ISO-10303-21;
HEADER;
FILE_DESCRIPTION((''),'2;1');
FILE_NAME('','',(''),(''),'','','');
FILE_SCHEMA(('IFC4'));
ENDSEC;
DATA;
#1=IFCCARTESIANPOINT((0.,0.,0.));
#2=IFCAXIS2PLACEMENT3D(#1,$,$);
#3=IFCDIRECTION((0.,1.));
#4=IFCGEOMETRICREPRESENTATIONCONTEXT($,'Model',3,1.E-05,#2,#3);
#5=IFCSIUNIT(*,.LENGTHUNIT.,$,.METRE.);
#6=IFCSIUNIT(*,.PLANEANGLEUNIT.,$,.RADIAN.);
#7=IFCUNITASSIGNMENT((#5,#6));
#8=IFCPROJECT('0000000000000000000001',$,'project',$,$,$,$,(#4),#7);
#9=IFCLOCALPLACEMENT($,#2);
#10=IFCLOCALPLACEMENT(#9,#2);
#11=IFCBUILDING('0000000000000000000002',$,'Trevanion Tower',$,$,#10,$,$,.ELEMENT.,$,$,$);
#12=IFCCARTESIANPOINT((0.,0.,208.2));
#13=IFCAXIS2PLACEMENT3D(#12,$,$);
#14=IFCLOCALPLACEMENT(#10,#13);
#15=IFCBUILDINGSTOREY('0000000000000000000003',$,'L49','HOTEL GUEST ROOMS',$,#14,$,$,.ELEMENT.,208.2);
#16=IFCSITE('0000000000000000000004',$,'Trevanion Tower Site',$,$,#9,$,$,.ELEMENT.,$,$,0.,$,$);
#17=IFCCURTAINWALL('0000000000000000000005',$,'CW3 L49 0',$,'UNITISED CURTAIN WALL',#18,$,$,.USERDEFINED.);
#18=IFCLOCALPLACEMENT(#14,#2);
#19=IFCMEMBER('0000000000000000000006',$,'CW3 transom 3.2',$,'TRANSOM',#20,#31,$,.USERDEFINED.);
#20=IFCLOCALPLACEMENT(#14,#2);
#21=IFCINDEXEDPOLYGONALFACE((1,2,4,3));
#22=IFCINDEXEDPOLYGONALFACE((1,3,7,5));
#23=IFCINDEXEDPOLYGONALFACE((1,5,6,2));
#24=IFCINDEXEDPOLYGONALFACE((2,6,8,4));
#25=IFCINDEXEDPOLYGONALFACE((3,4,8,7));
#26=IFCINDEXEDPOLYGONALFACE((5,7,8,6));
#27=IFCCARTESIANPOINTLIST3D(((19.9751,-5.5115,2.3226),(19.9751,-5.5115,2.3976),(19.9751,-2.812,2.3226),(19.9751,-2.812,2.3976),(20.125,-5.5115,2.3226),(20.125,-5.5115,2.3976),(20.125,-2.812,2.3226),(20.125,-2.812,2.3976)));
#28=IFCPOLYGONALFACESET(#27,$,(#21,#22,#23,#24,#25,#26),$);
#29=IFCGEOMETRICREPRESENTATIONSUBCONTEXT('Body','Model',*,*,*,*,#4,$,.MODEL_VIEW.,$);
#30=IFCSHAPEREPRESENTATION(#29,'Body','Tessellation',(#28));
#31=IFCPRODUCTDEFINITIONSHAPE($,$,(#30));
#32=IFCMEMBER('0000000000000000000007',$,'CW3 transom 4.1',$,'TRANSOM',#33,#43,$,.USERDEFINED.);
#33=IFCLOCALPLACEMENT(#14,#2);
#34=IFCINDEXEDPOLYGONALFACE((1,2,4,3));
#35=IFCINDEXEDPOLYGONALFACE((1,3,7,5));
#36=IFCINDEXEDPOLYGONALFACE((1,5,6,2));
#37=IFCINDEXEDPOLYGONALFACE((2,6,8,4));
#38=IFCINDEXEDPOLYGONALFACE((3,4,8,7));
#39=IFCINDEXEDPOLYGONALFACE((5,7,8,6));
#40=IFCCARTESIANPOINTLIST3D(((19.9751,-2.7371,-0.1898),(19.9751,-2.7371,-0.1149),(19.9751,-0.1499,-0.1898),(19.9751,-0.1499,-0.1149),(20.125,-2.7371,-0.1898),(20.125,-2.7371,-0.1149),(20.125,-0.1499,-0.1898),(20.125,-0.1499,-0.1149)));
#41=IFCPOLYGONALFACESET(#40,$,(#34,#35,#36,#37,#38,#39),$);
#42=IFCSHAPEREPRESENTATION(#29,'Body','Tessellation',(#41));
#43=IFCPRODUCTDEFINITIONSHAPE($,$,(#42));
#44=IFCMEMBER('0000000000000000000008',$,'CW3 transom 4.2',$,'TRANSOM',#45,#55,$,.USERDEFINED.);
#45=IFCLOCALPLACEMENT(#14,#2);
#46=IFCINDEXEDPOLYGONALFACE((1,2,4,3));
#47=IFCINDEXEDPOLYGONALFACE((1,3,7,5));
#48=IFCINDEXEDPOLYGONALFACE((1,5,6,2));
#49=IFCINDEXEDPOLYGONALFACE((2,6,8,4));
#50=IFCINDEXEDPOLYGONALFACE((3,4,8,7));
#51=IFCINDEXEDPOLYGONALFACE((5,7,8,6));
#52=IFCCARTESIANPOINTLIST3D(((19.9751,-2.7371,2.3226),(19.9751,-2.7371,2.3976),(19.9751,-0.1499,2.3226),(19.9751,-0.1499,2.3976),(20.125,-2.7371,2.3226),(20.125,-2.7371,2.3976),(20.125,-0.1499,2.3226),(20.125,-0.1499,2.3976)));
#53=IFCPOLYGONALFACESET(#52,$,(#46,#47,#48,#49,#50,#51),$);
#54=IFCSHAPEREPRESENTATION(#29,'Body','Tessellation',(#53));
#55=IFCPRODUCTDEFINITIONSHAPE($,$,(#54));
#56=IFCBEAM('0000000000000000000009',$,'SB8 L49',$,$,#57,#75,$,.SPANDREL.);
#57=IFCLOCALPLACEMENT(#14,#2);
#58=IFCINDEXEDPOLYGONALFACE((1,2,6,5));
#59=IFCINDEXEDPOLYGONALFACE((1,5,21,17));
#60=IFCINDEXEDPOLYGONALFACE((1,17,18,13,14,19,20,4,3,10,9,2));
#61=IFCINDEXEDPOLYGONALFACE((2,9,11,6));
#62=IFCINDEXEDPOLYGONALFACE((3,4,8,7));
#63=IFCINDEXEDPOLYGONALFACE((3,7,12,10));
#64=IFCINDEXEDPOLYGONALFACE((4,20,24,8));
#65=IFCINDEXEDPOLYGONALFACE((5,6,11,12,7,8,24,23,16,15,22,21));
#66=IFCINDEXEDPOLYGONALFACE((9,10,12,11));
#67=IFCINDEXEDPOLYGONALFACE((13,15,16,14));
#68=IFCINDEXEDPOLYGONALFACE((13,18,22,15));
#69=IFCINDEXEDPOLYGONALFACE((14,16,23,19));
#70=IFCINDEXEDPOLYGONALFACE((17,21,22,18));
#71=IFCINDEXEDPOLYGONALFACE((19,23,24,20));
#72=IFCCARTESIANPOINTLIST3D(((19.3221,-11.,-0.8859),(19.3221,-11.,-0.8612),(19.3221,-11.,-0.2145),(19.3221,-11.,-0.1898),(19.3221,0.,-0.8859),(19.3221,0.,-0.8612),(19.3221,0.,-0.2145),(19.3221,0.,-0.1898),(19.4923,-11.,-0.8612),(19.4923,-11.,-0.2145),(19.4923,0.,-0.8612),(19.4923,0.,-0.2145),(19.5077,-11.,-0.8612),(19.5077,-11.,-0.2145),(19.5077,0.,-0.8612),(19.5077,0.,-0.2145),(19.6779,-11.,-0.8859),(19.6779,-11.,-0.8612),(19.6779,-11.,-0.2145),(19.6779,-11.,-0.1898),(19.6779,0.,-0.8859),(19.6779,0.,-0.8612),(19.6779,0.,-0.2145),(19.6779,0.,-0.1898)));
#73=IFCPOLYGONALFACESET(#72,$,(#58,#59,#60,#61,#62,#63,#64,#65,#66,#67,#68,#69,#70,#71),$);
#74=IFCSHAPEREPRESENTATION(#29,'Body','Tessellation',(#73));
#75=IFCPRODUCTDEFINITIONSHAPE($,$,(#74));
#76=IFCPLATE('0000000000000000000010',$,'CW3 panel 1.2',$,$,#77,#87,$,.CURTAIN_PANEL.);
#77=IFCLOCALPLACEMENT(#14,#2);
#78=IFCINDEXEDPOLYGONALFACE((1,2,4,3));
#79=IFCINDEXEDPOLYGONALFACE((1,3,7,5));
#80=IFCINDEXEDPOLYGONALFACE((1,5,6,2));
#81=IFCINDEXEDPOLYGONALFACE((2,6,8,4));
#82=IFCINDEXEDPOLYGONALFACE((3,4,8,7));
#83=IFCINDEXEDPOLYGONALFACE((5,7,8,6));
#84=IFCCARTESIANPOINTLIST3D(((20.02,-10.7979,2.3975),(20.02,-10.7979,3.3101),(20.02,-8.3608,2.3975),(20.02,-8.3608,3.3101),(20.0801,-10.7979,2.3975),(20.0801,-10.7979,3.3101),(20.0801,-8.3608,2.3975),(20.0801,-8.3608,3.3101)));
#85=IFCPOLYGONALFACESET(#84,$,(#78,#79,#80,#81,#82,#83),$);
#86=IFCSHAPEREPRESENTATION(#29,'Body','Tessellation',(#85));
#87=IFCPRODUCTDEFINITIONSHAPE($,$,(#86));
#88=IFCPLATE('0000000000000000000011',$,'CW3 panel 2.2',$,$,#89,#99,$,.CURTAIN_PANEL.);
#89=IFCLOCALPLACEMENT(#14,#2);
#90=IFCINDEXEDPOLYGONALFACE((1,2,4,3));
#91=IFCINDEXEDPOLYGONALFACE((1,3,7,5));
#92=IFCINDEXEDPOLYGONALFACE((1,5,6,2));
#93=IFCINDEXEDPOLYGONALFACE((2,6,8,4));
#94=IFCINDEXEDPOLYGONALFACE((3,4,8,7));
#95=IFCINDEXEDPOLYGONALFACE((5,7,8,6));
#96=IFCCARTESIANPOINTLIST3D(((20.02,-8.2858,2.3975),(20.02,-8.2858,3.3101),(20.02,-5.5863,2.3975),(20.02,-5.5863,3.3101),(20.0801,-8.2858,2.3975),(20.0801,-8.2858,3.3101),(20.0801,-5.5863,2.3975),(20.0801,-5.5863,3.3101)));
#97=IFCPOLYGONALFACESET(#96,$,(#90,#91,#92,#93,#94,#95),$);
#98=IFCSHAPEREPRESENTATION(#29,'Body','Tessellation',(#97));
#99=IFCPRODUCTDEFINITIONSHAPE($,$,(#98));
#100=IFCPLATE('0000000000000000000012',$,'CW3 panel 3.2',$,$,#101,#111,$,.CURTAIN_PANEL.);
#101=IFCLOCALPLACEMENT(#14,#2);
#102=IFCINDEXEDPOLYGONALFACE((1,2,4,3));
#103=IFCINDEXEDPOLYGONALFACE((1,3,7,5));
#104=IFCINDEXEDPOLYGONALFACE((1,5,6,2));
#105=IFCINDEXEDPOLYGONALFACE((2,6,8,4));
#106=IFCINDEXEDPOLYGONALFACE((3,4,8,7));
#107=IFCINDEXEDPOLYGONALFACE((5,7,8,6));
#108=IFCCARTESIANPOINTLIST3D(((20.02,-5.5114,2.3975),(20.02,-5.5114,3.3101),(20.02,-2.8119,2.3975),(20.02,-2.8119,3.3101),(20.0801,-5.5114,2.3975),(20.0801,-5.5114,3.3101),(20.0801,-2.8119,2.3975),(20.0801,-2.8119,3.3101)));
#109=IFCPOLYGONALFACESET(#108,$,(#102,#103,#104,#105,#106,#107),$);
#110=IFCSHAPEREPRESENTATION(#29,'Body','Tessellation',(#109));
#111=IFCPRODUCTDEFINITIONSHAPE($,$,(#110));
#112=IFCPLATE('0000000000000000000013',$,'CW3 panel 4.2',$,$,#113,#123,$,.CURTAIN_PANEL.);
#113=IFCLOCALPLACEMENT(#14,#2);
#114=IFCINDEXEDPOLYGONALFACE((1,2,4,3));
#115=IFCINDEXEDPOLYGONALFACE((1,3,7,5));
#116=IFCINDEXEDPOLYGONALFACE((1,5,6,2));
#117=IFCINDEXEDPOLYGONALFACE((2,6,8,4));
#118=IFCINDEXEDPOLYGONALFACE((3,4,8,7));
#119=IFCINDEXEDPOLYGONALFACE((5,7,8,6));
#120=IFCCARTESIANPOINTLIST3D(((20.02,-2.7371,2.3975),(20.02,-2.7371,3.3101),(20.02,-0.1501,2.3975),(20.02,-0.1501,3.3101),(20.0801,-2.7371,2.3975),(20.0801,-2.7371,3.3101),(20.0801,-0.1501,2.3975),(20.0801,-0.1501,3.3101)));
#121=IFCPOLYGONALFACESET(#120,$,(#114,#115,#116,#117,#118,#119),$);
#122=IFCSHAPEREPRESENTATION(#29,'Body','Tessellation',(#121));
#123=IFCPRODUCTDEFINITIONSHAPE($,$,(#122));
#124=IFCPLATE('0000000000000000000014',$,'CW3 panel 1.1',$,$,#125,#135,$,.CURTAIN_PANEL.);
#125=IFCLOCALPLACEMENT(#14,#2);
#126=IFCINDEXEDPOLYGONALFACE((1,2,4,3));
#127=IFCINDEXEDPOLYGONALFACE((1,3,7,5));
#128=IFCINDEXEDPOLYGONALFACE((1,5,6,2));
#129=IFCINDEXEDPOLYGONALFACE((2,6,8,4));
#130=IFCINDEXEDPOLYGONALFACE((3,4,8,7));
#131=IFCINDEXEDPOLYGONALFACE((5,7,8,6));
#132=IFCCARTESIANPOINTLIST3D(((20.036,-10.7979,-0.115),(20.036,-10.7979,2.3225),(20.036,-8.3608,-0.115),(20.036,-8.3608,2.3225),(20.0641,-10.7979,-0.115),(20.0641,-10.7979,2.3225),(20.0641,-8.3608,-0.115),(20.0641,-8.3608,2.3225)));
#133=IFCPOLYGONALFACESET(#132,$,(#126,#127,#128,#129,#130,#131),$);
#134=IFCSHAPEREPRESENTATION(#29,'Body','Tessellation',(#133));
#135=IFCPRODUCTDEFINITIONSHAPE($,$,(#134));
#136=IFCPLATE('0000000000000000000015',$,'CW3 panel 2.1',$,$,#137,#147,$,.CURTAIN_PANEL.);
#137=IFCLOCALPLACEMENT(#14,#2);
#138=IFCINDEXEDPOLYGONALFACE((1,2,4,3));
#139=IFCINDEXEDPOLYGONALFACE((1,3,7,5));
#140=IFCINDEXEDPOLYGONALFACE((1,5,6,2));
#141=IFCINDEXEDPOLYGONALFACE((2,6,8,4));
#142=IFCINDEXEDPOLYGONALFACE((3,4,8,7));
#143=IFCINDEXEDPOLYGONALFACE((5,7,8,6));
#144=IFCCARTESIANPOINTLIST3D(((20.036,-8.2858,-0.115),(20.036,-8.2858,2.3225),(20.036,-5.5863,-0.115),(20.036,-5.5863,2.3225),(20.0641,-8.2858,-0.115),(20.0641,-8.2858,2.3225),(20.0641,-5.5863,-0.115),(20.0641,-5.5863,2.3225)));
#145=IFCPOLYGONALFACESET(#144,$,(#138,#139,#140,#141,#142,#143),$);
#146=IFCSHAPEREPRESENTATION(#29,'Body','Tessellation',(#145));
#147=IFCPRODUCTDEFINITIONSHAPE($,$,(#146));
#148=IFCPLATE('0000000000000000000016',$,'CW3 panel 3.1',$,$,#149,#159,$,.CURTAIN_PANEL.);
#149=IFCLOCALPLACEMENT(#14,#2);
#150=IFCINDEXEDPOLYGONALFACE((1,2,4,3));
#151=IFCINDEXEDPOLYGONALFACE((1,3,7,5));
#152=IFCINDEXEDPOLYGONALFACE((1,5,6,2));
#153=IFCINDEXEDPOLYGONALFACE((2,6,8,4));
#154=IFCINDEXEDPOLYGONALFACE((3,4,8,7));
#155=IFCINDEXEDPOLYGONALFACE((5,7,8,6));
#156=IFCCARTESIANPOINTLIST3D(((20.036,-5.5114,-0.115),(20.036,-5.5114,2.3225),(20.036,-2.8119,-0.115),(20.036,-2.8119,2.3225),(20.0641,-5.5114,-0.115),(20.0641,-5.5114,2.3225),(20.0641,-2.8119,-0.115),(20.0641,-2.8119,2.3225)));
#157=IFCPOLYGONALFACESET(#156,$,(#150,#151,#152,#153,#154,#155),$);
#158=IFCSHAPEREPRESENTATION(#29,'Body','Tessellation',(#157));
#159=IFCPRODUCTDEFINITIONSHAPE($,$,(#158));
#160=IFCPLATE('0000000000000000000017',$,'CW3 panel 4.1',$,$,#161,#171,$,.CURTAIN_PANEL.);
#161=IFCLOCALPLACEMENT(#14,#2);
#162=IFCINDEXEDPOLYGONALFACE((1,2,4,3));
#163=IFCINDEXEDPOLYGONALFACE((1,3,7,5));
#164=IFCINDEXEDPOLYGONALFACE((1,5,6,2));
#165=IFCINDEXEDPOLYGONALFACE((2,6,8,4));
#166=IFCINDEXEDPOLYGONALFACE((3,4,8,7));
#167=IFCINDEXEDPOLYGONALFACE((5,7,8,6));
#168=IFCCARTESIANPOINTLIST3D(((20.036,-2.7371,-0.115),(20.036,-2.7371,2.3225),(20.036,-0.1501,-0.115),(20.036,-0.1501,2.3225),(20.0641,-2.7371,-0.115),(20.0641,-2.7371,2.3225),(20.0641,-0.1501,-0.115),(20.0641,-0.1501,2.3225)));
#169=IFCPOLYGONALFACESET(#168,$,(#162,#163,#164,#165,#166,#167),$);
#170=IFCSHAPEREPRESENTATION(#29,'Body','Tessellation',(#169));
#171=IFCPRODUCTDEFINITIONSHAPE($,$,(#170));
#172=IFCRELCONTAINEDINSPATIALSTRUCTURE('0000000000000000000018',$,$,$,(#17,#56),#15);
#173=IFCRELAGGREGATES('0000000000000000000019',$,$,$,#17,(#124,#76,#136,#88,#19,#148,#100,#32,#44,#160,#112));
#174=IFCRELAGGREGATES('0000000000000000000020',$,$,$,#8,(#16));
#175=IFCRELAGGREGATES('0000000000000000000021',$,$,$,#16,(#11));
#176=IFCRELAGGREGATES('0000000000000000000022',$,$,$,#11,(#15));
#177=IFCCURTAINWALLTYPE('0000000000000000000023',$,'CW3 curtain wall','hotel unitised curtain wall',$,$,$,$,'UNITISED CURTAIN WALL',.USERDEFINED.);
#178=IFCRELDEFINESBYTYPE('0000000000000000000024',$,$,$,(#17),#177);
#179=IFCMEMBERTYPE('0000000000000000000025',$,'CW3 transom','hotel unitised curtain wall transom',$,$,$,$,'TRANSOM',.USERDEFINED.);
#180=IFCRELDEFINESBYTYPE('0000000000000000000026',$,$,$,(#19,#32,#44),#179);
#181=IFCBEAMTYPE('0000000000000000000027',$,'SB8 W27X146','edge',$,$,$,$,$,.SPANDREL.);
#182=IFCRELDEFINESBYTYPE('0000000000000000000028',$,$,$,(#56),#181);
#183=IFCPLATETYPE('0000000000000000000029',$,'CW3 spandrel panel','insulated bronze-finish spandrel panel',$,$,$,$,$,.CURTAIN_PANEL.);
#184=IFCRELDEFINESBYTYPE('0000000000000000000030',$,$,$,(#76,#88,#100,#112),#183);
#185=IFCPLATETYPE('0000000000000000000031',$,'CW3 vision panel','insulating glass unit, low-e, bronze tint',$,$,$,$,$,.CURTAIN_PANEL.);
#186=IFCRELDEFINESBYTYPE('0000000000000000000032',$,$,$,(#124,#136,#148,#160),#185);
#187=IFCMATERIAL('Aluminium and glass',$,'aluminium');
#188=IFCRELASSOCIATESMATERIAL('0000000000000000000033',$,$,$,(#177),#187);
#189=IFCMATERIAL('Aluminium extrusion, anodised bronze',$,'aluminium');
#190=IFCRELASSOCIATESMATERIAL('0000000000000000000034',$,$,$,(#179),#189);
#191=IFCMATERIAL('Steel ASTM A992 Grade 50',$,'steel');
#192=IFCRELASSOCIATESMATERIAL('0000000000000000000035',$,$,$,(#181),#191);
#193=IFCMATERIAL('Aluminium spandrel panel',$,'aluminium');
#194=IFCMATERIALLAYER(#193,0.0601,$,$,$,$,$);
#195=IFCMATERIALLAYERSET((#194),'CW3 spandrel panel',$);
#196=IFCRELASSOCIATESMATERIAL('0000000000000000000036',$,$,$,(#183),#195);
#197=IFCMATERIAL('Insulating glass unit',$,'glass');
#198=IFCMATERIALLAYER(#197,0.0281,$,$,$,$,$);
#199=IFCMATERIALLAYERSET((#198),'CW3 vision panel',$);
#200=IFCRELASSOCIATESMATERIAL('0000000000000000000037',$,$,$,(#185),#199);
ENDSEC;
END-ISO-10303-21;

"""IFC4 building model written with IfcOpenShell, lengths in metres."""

from ifc_helpers import new_model, si_unit, direction, frame, origin, origin_2d, place, context, subcontext, project, spatial, rectangle, i_section, extrude, material, layer, layer_set, material_profile, profile_set, type_object, element, aggregate, save


model = new_model("IFC4")

# Units and contexts
model_context = context("Model", 3, precision=1e-05, world=origin(), true_north=direction((0.0, 1.0)))
body_context = subcontext(model_context, "Body", "Model", "MODEL_VIEW")
ifc_project = project(units=[si_unit("LENGTHUNIT", "METRE"), si_unit("PLANEANGLEUNIT", "RADIAN")], contexts=[model_context])

# Site, building, storey
site_placement = place(None, origin())
site = spatial("IfcSite", under=ifc_project, at=site_placement, Name="Trevanion Tower Site", CompositionType="ELEMENT", RefElevation=0.0)
building_placement = place(site_placement, origin())
building = spatial("IfcBuilding", under=site, at=building_placement, Name="Trevanion Tower", CompositionType="ELEMENT")
storey_placement = place(building_placement, frame((0.0, 0.0, 208.2)))
storey = spatial("IfcBuildingStorey", under=building, at=storey_placement, Name="L49", Description="HOTEL GUEST ROOMS", CompositionType="ELEMENT", Elevation=208.2)

# Curtain wall, members
ifc_material_1 = material(Name="Aluminium and glass", Category="aluminium")
curtain_wall_type = type_object("IfcCurtainWallType", Name="CW3 curtain wall", Description="hotel unitised curtain wall", ElementType="UNITISED CURTAIN WALL", PredefinedType="USERDEFINED", material=ifc_material_1)
curtain_wall_placement = place(storey_placement, origin())
curtain_wall = element("IfcCurtainWall", 1, at=curtain_wall_placement, inside=storey, type_object=curtain_wall_type, Name="CW3 L49 0", ObjectType="UNITISED CURTAIN WALL", PredefinedType="USERDEFINED")
ifc_material_2 = material(Name="Aluminium extrusion, anodised bronze", Category="aluminium")
ifc_material_profile_1 = material_profile(ifc_material_2, rectangle(XDim=0.1499, YDim=0.075, at=origin_2d()), Name="CW3 transom")
ifc_profile_set_1 = profile_set([ifc_material_profile_1], Name="Aluminium extrusion, anodised bronze")
member_type_1 = type_object("IfcMemberType", Name="CW3 transom", Description="hotel unitised curtain wall transom", ElementType="TRANSOM", PredefinedType="USERDEFINED", material=ifc_profile_set_1)
member_1_placement = place(storey_placement, frame((20.05, -5.5115, 2.3601), z_axis=(0.0, 1.0, 0.0), x_axis=(-1.0, 0.0, 0.0)))
member_1 = element("IfcMember", 2, at=member_1_placement, type_object=member_type_1, Name="CW3 transom 3.2", ObjectType="TRANSOM", PredefinedType="USERDEFINED", context=body_context, shape_type="SweptSolid", body=[
    extrude(rectangle(XDim=0.1499, YDim=0.075, at=origin_2d()), origin(), (0.0, 0.0, 1.0), 2.6995),
])
member_2_placement = place(storey_placement, frame((20.05, -2.7371, -0.1523), z_axis=(0.0, 1.0, 0.0), x_axis=(-1.0, 0.0, 0.0)))
member_2 = element("IfcMember", 3, at=member_2_placement, type_object=member_type_1, Name="CW3 transom 4.1", ObjectType="TRANSOM", PredefinedType="USERDEFINED", context=body_context, shape_type="SweptSolid", body=[
    extrude(rectangle(XDim=0.1499, YDim=0.075, at=origin_2d()), origin(), (0.0, 0.0, 1.0), 2.5872),
])
member_3_placement = place(storey_placement, frame((20.05, -2.7371, 2.3601), z_axis=(0.0, 1.0, 0.0), x_axis=(-1.0, 0.0, 0.0)))
member_3 = element("IfcMember", 4, at=member_3_placement, type_object=member_type_1, Name="CW3 transom 4.2", ObjectType="TRANSOM", PredefinedType="USERDEFINED", context=body_context, shape_type="SweptSolid", body=[
    extrude(rectangle(XDim=0.1499, YDim=0.075, at=origin_2d()), origin(), (0.0, 0.0, 1.0), 2.5872),
])

# Beam
ifc_material_3 = material(Name="Steel ASTM A992 Grade 50", Category="steel")
ifc_material_profile_2 = material_profile(ifc_material_3, i_section(OverallWidth=0.3557, OverallDepth=0.696, WebThickness=0.0154, FlangeThickness=0.0247, at=origin_2d()), Name="W27X146")
ifc_profile_set_2 = profile_set([ifc_material_profile_2], Name="Steel ASTM A992 Grade 50")
beam_type_1 = type_object("IfcBeamType", Name="SB8 W27X146", Description="edge", PredefinedType="SPANDREL", material=ifc_profile_set_2)
beam_placement = place(storey_placement, frame((19.5, -11.0, -0.5378), z_axis=(0.0, 1.0, 0.0), x_axis=(-1.0, 0.0, 0.0)))
element("IfcBeam", 5, at=beam_placement, inside=storey, type_object=beam_type_1, Name="SB8 L49", PredefinedType="SPANDREL", context=body_context, shape_type="SweptSolid", body=[
    extrude(i_section(OverallWidth=0.3557, OverallDepth=0.696, WebThickness=0.0154, FlangeThickness=0.0247, at=origin_2d()), origin(), (0.0, 0.0, 1.0), 11.0),
])

# Plates
ifc_material_4 = material(Name="Aluminium spandrel panel", Category="aluminium")
ifc_layer_1 = layer(ifc_material_4, 0.0601)
ifc_layer_set_1 = layer_set([ifc_layer_1], Name="CW3 spandrel panel")
plate_type_1 = type_object("IfcPlateType", Name="CW3 spandrel panel", Description="insulated bronze-finish spandrel panel", PredefinedType="CURTAIN_PANEL", material=ifc_layer_set_1)
plate_1_placement = place(storey_placement, frame((20.05, -9.5793, 2.3975), z_axis=(0.0, 0.0, 1.0), x_axis=(0.0, 1.0, 0.0)))
plate_1 = element("IfcPlate", 6, at=plate_1_placement, type_object=plate_type_1, Name="CW3 panel 1.2", PredefinedType="CURTAIN_PANEL", context=body_context, shape_type="SweptSolid", body=[
    extrude(rectangle(XDim=2.437, YDim=0.0601, at=origin_2d()), origin(), (0.0, 0.0, 1.0), 0.9126),
])
plate_2_placement = place(storey_placement, frame((20.05, -6.936, 2.3975), z_axis=(0.0, 0.0, 1.0), x_axis=(0.0, 1.0, 0.0)))
plate_2 = element("IfcPlate", 7, at=plate_2_placement, type_object=plate_type_1, Name="CW3 panel 2.2", PredefinedType="CURTAIN_PANEL", context=body_context, shape_type="SweptSolid", body=[
    extrude(rectangle(XDim=2.6995, YDim=0.0601, at=origin_2d()), origin(), (0.0, 0.0, 1.0), 0.9126),
])
plate_3_placement = place(storey_placement, frame((20.05, -4.1616, 2.3975), z_axis=(0.0, 0.0, 1.0), x_axis=(0.0, 1.0, 0.0)))
plate_3 = element("IfcPlate", 8, at=plate_3_placement, type_object=plate_type_1, Name="CW3 panel 3.2", PredefinedType="CURTAIN_PANEL", context=body_context, shape_type="SweptSolid", body=[
    extrude(rectangle(XDim=2.6995, YDim=0.0601, at=origin_2d()), origin(), (0.0, 0.0, 1.0), 0.9126),
])
plate_4_placement = place(storey_placement, frame((20.05, -1.4436, 2.3975), z_axis=(0.0, 0.0, 1.0), x_axis=(0.0, 1.0, 0.0)))
plate_4 = element("IfcPlate", 9, at=plate_4_placement, type_object=plate_type_1, Name="CW3 panel 4.2", PredefinedType="CURTAIN_PANEL", context=body_context, shape_type="SweptSolid", body=[
    extrude(rectangle(XDim=2.5869, YDim=0.0601, at=origin_2d()), origin(), (0.0, 0.0, 1.0), 0.9126),
])
ifc_material_5 = material(Name="Insulating glass unit", Category="glass")
ifc_layer_2 = layer(ifc_material_5, 0.0281)
ifc_layer_set_2 = layer_set([ifc_layer_2], Name="CW3 vision panel")
plate_type_2 = type_object("IfcPlateType", Name="CW3 vision panel", Description="insulating glass unit, low-e, bronze tint", PredefinedType="CURTAIN_PANEL", material=ifc_layer_set_2)
plate_5_placement = place(storey_placement, frame((20.05, -9.5793, -0.115), z_axis=(0.0, 0.0, 1.0), x_axis=(0.0, 1.0, 0.0)))
plate_5 = element("IfcPlate", 10, at=plate_5_placement, type_object=plate_type_2, Name="CW3 panel 1.1", PredefinedType="CURTAIN_PANEL", context=body_context, shape_type="SweptSolid", body=[
    extrude(rectangle(XDim=2.437, YDim=0.0281, at=origin_2d()), origin(), (0.0, 0.0, 1.0), 2.4375),
])
plate_6_placement = place(storey_placement, frame((20.05, -6.936, -0.115), z_axis=(0.0, 0.0, 1.0), x_axis=(0.0, 1.0, 0.0)))
plate_6 = element("IfcPlate", 11, at=plate_6_placement, type_object=plate_type_2, Name="CW3 panel 2.1", PredefinedType="CURTAIN_PANEL", context=body_context, shape_type="SweptSolid", body=[
    extrude(rectangle(XDim=2.6995, YDim=0.0281, at=origin_2d()), origin(), (0.0, 0.0, 1.0), 2.4375),
])
plate_7_placement = place(storey_placement, frame((20.05, -4.1616, -0.115), z_axis=(0.0, 0.0, 1.0), x_axis=(0.0, 1.0, 0.0)))
plate_7 = element("IfcPlate", 12, at=plate_7_placement, type_object=plate_type_2, Name="CW3 panel 3.1", PredefinedType="CURTAIN_PANEL", context=body_context, shape_type="SweptSolid", body=[
    extrude(rectangle(XDim=2.6995, YDim=0.0281, at=origin_2d()), origin(), (0.0, 0.0, 1.0), 2.4375),
])
plate_8_placement = place(storey_placement, frame((20.05, -1.4436, -0.115), z_axis=(0.0, 0.0, 1.0), x_axis=(0.0, 1.0, 0.0)))
plate_8 = element("IfcPlate", 13, at=plate_8_placement, type_object=plate_type_2, Name="CW3 panel 4.1", PredefinedType="CURTAIN_PANEL", context=body_context, shape_type="SweptSolid", body=[
    extrude(rectangle(XDim=2.5869, YDim=0.0281, at=origin_2d()), origin(), (0.0, 0.0, 1.0), 2.4375),
])
aggregate(curtain_wall, [plate_5, plate_1, plate_6, plate_2, member_1, plate_7, plate_3, member_2, member_3, plate_8, plate_4])

save(model, "model.ifc")
